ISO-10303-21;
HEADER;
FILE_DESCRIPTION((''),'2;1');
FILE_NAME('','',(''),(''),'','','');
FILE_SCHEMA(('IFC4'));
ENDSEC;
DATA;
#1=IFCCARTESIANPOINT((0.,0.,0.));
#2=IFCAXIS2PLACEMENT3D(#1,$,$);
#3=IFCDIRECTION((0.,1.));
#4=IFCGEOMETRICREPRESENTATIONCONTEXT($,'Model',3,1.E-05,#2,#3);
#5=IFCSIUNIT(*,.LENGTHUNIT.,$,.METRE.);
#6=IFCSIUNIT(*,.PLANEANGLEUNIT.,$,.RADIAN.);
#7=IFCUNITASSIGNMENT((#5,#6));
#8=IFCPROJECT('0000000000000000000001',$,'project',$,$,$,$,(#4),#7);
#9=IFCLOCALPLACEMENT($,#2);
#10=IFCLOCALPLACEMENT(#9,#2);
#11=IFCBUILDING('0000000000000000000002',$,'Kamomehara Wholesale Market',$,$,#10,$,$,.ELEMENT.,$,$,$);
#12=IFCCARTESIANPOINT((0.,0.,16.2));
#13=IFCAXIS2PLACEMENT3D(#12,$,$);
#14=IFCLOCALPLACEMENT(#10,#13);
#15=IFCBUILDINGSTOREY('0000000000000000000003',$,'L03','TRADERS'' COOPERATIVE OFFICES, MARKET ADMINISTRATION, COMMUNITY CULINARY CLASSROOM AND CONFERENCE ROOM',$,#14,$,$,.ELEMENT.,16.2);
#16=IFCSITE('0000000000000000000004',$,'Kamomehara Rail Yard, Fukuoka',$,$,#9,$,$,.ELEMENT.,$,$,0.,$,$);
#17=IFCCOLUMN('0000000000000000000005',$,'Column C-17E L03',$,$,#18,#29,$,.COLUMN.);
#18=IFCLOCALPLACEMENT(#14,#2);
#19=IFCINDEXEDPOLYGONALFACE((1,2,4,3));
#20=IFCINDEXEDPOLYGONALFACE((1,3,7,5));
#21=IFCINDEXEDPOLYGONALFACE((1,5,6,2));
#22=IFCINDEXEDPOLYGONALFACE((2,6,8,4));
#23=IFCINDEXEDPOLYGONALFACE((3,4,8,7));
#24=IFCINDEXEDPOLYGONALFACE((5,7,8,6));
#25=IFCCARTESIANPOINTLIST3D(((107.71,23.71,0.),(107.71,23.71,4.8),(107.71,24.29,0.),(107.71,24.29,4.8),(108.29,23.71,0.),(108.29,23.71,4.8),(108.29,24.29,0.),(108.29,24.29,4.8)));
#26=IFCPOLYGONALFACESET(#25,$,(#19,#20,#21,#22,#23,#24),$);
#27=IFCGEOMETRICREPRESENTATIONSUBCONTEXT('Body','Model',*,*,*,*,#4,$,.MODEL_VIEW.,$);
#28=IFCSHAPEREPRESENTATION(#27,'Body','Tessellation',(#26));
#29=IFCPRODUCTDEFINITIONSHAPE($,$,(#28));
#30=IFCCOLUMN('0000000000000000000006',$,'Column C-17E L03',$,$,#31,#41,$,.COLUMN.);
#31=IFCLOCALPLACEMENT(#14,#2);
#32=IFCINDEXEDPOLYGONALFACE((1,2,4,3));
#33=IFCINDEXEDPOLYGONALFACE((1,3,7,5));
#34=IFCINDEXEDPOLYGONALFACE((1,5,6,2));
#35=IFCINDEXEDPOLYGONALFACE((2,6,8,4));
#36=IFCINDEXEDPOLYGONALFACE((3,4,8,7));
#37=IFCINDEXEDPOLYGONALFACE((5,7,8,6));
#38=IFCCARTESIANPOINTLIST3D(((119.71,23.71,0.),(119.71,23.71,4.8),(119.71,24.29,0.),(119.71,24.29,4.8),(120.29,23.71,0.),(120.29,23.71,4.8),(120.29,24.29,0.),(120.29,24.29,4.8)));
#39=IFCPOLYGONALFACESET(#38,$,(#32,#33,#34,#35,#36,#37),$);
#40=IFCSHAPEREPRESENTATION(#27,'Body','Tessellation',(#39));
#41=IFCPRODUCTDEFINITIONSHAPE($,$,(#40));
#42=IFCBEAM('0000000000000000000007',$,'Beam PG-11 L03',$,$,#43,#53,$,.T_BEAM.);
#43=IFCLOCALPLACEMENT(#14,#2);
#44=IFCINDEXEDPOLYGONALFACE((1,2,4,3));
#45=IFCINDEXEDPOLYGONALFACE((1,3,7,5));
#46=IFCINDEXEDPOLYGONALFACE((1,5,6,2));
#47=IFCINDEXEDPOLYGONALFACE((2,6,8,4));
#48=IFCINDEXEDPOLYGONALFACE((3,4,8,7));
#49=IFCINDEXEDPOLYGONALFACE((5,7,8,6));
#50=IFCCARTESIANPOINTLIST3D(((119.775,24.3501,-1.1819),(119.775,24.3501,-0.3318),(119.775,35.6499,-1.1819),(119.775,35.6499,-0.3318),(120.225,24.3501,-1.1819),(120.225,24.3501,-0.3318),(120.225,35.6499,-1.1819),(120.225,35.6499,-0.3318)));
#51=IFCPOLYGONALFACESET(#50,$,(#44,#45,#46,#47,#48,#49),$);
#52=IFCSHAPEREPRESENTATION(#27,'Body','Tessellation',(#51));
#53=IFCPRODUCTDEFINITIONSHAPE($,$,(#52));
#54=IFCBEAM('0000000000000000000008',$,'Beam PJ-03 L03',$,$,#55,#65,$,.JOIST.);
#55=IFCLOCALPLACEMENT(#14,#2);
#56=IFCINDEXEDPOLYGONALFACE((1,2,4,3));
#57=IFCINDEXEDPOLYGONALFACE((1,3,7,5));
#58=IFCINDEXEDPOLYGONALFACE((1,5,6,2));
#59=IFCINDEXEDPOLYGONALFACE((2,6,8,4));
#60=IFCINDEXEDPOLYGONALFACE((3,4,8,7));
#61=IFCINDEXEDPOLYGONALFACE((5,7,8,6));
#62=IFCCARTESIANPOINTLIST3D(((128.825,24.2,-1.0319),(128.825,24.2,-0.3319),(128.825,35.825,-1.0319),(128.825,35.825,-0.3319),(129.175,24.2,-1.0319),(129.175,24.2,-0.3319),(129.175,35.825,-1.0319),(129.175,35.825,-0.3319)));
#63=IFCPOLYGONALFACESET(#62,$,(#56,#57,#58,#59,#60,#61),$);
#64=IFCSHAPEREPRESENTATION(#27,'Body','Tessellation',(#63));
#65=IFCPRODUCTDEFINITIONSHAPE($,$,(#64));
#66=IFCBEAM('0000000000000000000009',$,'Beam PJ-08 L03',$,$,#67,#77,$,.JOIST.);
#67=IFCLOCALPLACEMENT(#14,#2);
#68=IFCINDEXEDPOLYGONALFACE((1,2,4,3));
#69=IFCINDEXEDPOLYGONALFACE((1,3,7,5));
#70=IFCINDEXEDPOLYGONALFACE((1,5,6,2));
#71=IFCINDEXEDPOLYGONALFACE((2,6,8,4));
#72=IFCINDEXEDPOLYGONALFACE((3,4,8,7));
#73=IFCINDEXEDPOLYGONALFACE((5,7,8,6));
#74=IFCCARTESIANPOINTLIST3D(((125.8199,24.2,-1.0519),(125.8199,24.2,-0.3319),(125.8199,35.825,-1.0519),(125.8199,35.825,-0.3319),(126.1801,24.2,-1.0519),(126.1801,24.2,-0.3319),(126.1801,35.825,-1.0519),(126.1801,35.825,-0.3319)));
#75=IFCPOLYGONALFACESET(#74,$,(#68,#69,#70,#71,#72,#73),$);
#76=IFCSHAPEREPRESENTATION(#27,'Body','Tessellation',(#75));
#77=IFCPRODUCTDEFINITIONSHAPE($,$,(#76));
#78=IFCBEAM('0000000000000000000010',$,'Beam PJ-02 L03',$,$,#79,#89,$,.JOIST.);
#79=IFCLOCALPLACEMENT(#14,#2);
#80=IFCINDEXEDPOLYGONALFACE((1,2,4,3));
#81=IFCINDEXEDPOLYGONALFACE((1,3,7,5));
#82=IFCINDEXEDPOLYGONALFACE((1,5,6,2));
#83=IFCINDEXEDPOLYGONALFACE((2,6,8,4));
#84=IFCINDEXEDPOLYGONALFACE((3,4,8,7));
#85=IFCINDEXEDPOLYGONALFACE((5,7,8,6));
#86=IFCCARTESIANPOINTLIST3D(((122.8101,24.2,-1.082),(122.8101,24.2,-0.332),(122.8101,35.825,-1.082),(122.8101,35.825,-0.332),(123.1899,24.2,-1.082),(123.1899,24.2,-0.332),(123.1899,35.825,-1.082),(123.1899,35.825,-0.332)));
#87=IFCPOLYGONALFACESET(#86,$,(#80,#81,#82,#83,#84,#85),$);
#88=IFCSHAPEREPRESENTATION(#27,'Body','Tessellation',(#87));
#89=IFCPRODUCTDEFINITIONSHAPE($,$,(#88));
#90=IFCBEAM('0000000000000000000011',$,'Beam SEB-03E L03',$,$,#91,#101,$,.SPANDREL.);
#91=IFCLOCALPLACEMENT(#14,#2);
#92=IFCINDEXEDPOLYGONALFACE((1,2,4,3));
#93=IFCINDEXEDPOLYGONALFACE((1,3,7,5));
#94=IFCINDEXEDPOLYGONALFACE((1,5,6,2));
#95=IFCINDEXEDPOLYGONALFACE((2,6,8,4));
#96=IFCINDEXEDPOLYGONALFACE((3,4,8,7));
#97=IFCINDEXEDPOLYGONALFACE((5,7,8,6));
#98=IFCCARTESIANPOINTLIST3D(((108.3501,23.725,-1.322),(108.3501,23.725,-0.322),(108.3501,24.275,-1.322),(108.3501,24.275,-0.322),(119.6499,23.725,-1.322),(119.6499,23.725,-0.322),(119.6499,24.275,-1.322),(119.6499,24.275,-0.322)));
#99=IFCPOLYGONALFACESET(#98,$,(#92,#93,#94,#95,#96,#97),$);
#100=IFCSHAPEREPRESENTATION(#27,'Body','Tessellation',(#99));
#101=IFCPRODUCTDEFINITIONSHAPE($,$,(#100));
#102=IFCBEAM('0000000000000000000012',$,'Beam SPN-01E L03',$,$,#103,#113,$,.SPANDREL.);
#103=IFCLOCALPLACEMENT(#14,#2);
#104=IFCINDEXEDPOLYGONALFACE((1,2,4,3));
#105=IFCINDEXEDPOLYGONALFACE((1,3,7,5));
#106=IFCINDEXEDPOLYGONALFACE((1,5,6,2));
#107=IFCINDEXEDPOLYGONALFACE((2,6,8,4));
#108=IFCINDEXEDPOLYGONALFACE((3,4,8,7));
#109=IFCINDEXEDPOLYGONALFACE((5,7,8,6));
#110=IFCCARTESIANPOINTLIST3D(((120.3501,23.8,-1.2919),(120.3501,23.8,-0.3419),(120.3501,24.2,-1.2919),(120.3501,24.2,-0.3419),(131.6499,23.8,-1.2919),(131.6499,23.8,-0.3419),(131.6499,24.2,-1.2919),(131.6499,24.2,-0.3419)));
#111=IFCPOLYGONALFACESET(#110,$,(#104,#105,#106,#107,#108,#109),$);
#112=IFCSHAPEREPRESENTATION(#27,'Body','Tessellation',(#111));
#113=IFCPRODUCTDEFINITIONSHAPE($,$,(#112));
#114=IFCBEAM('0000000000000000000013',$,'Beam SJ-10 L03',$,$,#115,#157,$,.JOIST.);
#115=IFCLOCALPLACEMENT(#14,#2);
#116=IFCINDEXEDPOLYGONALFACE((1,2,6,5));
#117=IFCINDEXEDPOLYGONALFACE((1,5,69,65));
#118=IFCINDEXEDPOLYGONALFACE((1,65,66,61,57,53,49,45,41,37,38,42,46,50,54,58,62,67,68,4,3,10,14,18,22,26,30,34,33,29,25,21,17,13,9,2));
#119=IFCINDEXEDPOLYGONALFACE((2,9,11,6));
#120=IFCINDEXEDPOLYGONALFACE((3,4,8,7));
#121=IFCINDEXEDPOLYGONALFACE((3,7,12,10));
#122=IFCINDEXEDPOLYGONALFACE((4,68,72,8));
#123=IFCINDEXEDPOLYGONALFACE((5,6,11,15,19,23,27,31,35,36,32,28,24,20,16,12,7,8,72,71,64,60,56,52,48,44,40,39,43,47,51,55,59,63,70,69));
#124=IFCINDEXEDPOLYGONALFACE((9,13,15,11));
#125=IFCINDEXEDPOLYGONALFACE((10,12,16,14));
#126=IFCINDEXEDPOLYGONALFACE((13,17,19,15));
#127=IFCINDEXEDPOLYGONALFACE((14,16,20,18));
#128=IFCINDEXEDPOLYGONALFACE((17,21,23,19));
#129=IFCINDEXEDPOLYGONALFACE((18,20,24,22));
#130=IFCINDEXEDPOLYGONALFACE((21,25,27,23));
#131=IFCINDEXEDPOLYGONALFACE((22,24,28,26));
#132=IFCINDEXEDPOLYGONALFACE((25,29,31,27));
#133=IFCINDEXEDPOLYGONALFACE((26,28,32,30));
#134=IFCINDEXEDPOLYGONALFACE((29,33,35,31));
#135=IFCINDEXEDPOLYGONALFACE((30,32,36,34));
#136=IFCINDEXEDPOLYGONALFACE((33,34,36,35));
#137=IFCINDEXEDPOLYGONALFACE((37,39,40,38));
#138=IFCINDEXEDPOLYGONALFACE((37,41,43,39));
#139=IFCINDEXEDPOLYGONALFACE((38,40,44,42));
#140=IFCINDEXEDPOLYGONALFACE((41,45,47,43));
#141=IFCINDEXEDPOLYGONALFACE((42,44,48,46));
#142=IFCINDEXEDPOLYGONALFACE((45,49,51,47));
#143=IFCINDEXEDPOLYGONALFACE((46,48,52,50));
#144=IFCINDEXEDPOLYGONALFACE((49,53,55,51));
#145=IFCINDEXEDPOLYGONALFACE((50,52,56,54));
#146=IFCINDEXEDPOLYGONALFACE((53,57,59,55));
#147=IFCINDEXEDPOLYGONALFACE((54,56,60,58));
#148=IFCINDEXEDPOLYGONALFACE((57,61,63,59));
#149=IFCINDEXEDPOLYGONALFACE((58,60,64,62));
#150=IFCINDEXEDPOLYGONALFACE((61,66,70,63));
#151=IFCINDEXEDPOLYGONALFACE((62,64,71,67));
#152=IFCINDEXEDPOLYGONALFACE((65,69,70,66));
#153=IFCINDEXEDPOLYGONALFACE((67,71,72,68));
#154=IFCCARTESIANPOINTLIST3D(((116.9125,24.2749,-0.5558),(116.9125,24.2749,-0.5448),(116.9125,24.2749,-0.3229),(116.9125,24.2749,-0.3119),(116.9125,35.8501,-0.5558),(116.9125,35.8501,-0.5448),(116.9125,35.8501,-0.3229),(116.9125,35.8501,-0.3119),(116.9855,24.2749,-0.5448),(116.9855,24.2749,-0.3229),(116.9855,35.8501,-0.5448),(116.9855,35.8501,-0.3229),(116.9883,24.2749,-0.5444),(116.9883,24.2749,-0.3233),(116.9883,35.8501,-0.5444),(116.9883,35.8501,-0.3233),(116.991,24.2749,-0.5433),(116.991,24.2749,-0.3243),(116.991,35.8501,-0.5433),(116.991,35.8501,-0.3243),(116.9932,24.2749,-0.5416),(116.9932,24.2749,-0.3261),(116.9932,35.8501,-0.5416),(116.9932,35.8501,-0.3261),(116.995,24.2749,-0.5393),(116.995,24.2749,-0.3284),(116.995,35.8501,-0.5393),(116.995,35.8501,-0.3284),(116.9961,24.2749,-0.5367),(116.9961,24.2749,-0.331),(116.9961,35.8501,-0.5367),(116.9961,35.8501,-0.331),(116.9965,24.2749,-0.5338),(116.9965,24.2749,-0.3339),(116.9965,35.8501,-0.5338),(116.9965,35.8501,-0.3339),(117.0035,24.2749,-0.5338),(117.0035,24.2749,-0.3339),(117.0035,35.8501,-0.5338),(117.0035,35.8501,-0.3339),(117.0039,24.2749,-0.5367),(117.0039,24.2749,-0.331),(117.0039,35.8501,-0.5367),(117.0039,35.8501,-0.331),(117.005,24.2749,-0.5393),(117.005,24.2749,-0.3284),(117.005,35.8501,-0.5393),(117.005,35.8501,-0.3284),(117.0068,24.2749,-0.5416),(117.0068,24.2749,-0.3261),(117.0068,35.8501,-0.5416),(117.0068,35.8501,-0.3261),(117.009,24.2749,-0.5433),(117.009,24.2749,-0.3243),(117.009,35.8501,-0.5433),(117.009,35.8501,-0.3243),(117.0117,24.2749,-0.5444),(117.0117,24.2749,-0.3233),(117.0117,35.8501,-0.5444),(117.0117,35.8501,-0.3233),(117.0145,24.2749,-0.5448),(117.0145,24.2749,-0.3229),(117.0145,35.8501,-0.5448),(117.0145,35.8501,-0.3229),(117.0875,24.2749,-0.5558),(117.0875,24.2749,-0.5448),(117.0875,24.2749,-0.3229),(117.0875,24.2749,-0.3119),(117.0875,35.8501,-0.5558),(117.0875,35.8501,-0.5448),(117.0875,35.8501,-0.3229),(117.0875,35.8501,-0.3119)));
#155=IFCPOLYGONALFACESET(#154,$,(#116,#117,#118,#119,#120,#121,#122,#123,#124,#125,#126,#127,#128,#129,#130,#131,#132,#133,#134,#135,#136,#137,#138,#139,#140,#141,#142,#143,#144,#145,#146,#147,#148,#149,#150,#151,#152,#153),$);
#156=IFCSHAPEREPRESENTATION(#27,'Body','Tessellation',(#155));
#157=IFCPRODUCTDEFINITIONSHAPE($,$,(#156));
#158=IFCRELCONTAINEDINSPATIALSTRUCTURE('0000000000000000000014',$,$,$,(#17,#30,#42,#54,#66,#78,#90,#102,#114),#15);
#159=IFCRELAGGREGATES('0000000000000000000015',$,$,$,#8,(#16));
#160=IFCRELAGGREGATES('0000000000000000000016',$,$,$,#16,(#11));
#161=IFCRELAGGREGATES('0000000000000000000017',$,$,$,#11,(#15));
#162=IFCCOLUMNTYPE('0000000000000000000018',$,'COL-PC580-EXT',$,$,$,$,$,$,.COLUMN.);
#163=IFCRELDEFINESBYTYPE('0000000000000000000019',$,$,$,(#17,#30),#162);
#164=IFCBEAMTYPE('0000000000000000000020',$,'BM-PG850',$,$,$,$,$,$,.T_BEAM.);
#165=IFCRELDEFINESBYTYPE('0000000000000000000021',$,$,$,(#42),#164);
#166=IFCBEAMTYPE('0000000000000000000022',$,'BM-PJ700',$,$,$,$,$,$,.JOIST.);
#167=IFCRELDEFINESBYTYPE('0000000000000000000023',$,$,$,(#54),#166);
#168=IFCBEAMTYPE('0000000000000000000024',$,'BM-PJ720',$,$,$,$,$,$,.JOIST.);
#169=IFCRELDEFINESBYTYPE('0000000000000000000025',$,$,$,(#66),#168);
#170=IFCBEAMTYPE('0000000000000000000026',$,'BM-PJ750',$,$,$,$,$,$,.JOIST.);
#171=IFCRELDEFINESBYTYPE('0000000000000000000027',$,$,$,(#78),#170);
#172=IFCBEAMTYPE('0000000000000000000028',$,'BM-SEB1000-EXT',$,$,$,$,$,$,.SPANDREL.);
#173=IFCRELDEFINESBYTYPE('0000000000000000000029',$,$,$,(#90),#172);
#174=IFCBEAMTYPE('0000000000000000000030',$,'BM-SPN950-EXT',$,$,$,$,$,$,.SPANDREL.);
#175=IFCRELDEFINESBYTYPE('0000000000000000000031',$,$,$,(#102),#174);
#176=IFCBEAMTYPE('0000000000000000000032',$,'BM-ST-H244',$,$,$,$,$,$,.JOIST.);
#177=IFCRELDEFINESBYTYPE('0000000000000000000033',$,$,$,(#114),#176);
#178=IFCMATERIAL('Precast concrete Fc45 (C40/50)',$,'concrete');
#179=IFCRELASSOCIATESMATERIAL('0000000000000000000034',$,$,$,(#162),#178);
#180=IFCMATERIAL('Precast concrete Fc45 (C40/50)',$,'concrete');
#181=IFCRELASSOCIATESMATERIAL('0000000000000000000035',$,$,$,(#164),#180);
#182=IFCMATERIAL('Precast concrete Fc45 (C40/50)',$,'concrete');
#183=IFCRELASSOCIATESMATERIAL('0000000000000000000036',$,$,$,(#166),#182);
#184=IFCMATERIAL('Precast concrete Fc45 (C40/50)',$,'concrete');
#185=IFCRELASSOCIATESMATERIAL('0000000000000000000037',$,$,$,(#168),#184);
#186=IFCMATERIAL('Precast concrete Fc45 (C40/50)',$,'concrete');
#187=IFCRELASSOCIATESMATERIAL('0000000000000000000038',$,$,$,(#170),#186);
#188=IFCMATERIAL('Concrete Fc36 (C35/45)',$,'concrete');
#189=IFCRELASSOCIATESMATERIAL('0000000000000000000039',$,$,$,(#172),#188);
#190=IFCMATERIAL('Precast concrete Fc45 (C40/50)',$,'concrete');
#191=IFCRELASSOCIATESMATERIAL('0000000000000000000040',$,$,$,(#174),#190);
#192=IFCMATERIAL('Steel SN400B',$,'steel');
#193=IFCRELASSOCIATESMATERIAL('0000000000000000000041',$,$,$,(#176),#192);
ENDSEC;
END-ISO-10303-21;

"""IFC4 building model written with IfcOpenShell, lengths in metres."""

from ifc_helpers import new_model, si_unit, direction, frame, origin, origin_2d, place, context, subcontext, project, spatial, rectangle, i_section, extrude, material, material_profile, profile_set, type_object, element, save


model = new_model("IFC4")

# Units and contexts
model_context = context("Model", 3, precision=1e-05, world=origin(), true_north=direction((0.0, 1.0)))
body_context = subcontext(model_context, "Body", "Model", "MODEL_VIEW")
ifc_project = project(units=[si_unit("LENGTHUNIT", "METRE"), si_unit("PLANEANGLEUNIT", "RADIAN")], contexts=[model_context])

# Site, building, storey
site_placement = place(None, origin())
site = spatial("IfcSite", under=ifc_project, at=site_placement, Name="Kamomehara Rail Yard, Fukuoka", CompositionType="ELEMENT", RefElevation=0.0)
building_placement = place(site_placement, origin())
building = spatial("IfcBuilding", under=site, at=building_placement, Name="Kamomehara Wholesale Market", CompositionType="ELEMENT")
storey_placement = place(building_placement, frame((0.0, 0.0, 16.2)))
storey = spatial("IfcBuildingStorey", under=building, at=storey_placement, Name="L03", Description="TRADERS' COOPERATIVE OFFICES, MARKET ADMINISTRATION, COMMUNITY CULINARY CLASSROOM AND CONFERENCE ROOM", CompositionType="ELEMENT", Elevation=16.2)

# Columns
ifc_material_1 = material(Name="Precast concrete Fc45 (C40/50)", Category="concrete")
ifc_material_profile_1 = material_profile(ifc_material_1, rectangle(XDim=0.5801, YDim=0.5801, at=origin_2d()), Name="PC-COL-580x580")
ifc_profile_set_1 = profile_set([ifc_material_profile_1], Name="Precast concrete Fc45 (C40/50)")
column_type = type_object("IfcColumnType", Name="COL-PC580-EXT", PredefinedType="COLUMN", material=ifc_profile_set_1)
for number, where, z_axis, x_axis, name in (
    (1, (108.0, 24.0, 0.0), (0.0, 0.0, 1.0), (1.0, 0.0, 0.0), "Column C-17E L03"),
    (2, (120.0, 24.0, 0.0), (0.0, 0.0, 1.0), (1.0, 0.0, 0.0), "Column C-17E L03"),
):
    element("IfcColumn", number, at=place(storey_placement, frame(where, z_axis=z_axis, x_axis=x_axis)), inside=storey, type_object=column_type, Name=name, PredefinedType="COLUMN", context=body_context, shape_type="SweptSolid", body=[
        extrude(rectangle(XDim=0.5801, YDim=0.5801, at=origin_2d()), origin(), (0.0, 0.0, 1.0), 4.8),
    ])

# Beams
ifc_material_2 = material(Name="Precast concrete Fc45 (C40/50)", Category="concrete")
ifc_material_profile_2 = material_profile(ifc_material_2, rectangle(XDim=0.45, YDim=0.8501, at=origin_2d()), Name="PC-GRD-450x850")
ifc_profile_set_2 = profile_set([ifc_material_profile_2], Name="Precast concrete Fc45 (C40/50)")
beam_type_1 = type_object("IfcBeamType", Name="BM-PG850", PredefinedType="T_BEAM", material=ifc_profile_set_2)
beam_1_placement = place(storey_placement, frame((120.0, 24.3501, -0.7568), z_axis=(0.0, 1.0, 0.0), x_axis=(-1.0, 0.0, 0.0)))
element("IfcBeam", 3, at=beam_1_placement, inside=storey, type_object=beam_type_1, Name="Beam PG-11 L03", PredefinedType="T_BEAM", context=body_context, shape_type="SweptSolid", body=[
    extrude(rectangle(XDim=0.45, YDim=0.8501, at=origin_2d()), origin(), (0.0, 0.0, 1.0), 11.2998),
])
ifc_material_3 = material(Name="Precast concrete Fc45 (C40/50)", Category="concrete")
ifc_material_profile_3 = material_profile(ifc_material_3, rectangle(XDim=0.3501, YDim=0.7, at=origin_2d()), Name="PC-JST-350x700")
ifc_profile_set_3 = profile_set([ifc_material_profile_3], Name="Precast concrete Fc45 (C40/50)")
beam_type_2 = type_object("IfcBeamType", Name="BM-PJ700", PredefinedType="JOIST", material=ifc_profile_set_3)
beam_2_placement = place(storey_placement, frame((129.0, 24.2, -0.6819), z_axis=(0.0, 1.0, 0.0), x_axis=(-1.0, 0.0, 0.0)))
element("IfcBeam", 4, at=beam_2_placement, inside=storey, type_object=beam_type_2, Name="Beam PJ-03 L03", PredefinedType="JOIST", context=body_context, shape_type="SweptSolid", body=[
    extrude(rectangle(XDim=0.3501, YDim=0.7, at=origin_2d()), origin(), (0.0, 0.0, 1.0), 11.625),
])
ifc_material_4 = material(Name="Precast concrete Fc45 (C40/50)", Category="concrete")
ifc_material_profile_4 = material_profile(ifc_material_4, rectangle(XDim=0.3601, YDim=0.72, at=origin_2d()), Name="PC-JST-360x720")
ifc_profile_set_4 = profile_set([ifc_material_profile_4], Name="Precast concrete Fc45 (C40/50)")
beam_type_3 = type_object("IfcBeamType", Name="BM-PJ720", PredefinedType="JOIST", material=ifc_profile_set_4)
beam_3_placement = place(storey_placement, frame((126.0, 24.2, -0.6919), z_axis=(0.0, 1.0, 0.0), x_axis=(-1.0, 0.0, 0.0)))
element("IfcBeam", 5, at=beam_3_placement, inside=storey, type_object=beam_type_3, Name="Beam PJ-08 L03", PredefinedType="JOIST", context=body_context, shape_type="SweptSolid", body=[
    extrude(rectangle(XDim=0.3601, YDim=0.72, at=origin_2d()), origin(), (0.0, 0.0, 1.0), 11.625),
])
ifc_material_5 = material(Name="Precast concrete Fc45 (C40/50)", Category="concrete")
ifc_material_profile_5 = material_profile(ifc_material_5, rectangle(XDim=0.3799, YDim=0.75, at=origin_2d()), Name="PC-JST-380x750")
ifc_profile_set_5 = profile_set([ifc_material_profile_5], Name="Precast concrete Fc45 (C40/50)")
beam_type_4 = type_object("IfcBeamType", Name="BM-PJ750", PredefinedType="JOIST", material=ifc_profile_set_5)
beam_4_placement = place(storey_placement, frame((123.0, 24.2, -0.707), z_axis=(0.0, 1.0, 0.0), x_axis=(-1.0, 0.0, 0.0)))
element("IfcBeam", 6, at=beam_4_placement, inside=storey, type_object=beam_type_4, Name="Beam PJ-02 L03", PredefinedType="JOIST", context=body_context, shape_type="SweptSolid", body=[
    extrude(rectangle(XDim=0.3799, YDim=0.75, at=origin_2d()), origin(), (0.0, 0.0, 1.0), 11.625),
])
ifc_material_6 = material(Name="Concrete Fc36 (C35/45)", Category="concrete")
ifc_material_profile_6 = material_profile(ifc_material_6, rectangle(XDim=0.55, YDim=1.0, at=origin_2d()), Name="RC-SEB-550x1000")
ifc_profile_set_6 = profile_set([ifc_material_profile_6], Name="Concrete Fc36 (C35/45)")
beam_type_5 = type_object("IfcBeamType", Name="BM-SEB1000-EXT", PredefinedType="SPANDREL", material=ifc_profile_set_6)
beam_5_placement = place(storey_placement, frame((108.3501, 24.0, -0.822), z_axis=(1.0, 0.0, 0.0), x_axis=(0.0, 1.0, 0.0)))
element("IfcBeam", 7, at=beam_5_placement, inside=storey, type_object=beam_type_5, Name="Beam SEB-03E L03", PredefinedType="SPANDREL", context=body_context, shape_type="SweptSolid", body=[
    extrude(rectangle(XDim=0.55, YDim=1.0, at=origin_2d()), origin(), (0.0, 0.0, 1.0), 11.2998),
])
ifc_material_7 = material(Name="Precast concrete Fc45 (C40/50)", Category="concrete")
ifc_material_profile_7 = material_profile(ifc_material_7, rectangle(XDim=0.3999, YDim=0.95, at=origin_2d()), Name="PC-SPN-400x950")
ifc_profile_set_7 = profile_set([ifc_material_profile_7], Name="Precast concrete Fc45 (C40/50)")
beam_type_6 = type_object("IfcBeamType", Name="BM-SPN950-EXT", PredefinedType="SPANDREL", material=ifc_profile_set_7)
beam_6_placement = place(storey_placement, frame((120.3501, 24.0, -0.8169), z_axis=(1.0, 0.0, 0.0), x_axis=(0.0, 1.0, 0.0)))
element("IfcBeam", 8, at=beam_6_placement, inside=storey, type_object=beam_type_6, Name="Beam SPN-01E L03", PredefinedType="SPANDREL", context=body_context, shape_type="SweptSolid", body=[
    extrude(rectangle(XDim=0.3999, YDim=0.95, at=origin_2d()), origin(), (0.0, 0.0, 1.0), 11.2998),
])
ifc_material_8 = material(Name="Steel SN400B", Category="steel")
ifc_material_profile_8 = material_profile(ifc_material_8, i_section(OverallWidth=0.175, OverallDepth=0.2439, WebThickness=0.0071, FlangeThickness=0.011, FilletRadius=0.011, at=origin_2d()), Name="H-244x175x7x11")
ifc_profile_set_8 = profile_set([ifc_material_profile_8], Name="Steel SN400B")
beam_type_7 = type_object("IfcBeamType", Name="BM-ST-H244", PredefinedType="JOIST", material=ifc_profile_set_8)
beam_7_placement = place(storey_placement, frame((117.0, 24.2749, -0.4338), z_axis=(0.0, 1.0, 0.0), x_axis=(-1.0, 0.0, 0.0)))
element("IfcBeam", 9, at=beam_7_placement, inside=storey, type_object=beam_type_7, Name="Beam SJ-10 L03", PredefinedType="JOIST", context=body_context, shape_type="SweptSolid", body=[
    extrude(i_section(OverallWidth=0.175, OverallDepth=0.2439, WebThickness=0.0071, FlangeThickness=0.011, FilletRadius=0.011, at=origin_2d()), origin(), (0.0, 0.0, 1.0), 11.5752),
])

save(model, "model.ifc")
